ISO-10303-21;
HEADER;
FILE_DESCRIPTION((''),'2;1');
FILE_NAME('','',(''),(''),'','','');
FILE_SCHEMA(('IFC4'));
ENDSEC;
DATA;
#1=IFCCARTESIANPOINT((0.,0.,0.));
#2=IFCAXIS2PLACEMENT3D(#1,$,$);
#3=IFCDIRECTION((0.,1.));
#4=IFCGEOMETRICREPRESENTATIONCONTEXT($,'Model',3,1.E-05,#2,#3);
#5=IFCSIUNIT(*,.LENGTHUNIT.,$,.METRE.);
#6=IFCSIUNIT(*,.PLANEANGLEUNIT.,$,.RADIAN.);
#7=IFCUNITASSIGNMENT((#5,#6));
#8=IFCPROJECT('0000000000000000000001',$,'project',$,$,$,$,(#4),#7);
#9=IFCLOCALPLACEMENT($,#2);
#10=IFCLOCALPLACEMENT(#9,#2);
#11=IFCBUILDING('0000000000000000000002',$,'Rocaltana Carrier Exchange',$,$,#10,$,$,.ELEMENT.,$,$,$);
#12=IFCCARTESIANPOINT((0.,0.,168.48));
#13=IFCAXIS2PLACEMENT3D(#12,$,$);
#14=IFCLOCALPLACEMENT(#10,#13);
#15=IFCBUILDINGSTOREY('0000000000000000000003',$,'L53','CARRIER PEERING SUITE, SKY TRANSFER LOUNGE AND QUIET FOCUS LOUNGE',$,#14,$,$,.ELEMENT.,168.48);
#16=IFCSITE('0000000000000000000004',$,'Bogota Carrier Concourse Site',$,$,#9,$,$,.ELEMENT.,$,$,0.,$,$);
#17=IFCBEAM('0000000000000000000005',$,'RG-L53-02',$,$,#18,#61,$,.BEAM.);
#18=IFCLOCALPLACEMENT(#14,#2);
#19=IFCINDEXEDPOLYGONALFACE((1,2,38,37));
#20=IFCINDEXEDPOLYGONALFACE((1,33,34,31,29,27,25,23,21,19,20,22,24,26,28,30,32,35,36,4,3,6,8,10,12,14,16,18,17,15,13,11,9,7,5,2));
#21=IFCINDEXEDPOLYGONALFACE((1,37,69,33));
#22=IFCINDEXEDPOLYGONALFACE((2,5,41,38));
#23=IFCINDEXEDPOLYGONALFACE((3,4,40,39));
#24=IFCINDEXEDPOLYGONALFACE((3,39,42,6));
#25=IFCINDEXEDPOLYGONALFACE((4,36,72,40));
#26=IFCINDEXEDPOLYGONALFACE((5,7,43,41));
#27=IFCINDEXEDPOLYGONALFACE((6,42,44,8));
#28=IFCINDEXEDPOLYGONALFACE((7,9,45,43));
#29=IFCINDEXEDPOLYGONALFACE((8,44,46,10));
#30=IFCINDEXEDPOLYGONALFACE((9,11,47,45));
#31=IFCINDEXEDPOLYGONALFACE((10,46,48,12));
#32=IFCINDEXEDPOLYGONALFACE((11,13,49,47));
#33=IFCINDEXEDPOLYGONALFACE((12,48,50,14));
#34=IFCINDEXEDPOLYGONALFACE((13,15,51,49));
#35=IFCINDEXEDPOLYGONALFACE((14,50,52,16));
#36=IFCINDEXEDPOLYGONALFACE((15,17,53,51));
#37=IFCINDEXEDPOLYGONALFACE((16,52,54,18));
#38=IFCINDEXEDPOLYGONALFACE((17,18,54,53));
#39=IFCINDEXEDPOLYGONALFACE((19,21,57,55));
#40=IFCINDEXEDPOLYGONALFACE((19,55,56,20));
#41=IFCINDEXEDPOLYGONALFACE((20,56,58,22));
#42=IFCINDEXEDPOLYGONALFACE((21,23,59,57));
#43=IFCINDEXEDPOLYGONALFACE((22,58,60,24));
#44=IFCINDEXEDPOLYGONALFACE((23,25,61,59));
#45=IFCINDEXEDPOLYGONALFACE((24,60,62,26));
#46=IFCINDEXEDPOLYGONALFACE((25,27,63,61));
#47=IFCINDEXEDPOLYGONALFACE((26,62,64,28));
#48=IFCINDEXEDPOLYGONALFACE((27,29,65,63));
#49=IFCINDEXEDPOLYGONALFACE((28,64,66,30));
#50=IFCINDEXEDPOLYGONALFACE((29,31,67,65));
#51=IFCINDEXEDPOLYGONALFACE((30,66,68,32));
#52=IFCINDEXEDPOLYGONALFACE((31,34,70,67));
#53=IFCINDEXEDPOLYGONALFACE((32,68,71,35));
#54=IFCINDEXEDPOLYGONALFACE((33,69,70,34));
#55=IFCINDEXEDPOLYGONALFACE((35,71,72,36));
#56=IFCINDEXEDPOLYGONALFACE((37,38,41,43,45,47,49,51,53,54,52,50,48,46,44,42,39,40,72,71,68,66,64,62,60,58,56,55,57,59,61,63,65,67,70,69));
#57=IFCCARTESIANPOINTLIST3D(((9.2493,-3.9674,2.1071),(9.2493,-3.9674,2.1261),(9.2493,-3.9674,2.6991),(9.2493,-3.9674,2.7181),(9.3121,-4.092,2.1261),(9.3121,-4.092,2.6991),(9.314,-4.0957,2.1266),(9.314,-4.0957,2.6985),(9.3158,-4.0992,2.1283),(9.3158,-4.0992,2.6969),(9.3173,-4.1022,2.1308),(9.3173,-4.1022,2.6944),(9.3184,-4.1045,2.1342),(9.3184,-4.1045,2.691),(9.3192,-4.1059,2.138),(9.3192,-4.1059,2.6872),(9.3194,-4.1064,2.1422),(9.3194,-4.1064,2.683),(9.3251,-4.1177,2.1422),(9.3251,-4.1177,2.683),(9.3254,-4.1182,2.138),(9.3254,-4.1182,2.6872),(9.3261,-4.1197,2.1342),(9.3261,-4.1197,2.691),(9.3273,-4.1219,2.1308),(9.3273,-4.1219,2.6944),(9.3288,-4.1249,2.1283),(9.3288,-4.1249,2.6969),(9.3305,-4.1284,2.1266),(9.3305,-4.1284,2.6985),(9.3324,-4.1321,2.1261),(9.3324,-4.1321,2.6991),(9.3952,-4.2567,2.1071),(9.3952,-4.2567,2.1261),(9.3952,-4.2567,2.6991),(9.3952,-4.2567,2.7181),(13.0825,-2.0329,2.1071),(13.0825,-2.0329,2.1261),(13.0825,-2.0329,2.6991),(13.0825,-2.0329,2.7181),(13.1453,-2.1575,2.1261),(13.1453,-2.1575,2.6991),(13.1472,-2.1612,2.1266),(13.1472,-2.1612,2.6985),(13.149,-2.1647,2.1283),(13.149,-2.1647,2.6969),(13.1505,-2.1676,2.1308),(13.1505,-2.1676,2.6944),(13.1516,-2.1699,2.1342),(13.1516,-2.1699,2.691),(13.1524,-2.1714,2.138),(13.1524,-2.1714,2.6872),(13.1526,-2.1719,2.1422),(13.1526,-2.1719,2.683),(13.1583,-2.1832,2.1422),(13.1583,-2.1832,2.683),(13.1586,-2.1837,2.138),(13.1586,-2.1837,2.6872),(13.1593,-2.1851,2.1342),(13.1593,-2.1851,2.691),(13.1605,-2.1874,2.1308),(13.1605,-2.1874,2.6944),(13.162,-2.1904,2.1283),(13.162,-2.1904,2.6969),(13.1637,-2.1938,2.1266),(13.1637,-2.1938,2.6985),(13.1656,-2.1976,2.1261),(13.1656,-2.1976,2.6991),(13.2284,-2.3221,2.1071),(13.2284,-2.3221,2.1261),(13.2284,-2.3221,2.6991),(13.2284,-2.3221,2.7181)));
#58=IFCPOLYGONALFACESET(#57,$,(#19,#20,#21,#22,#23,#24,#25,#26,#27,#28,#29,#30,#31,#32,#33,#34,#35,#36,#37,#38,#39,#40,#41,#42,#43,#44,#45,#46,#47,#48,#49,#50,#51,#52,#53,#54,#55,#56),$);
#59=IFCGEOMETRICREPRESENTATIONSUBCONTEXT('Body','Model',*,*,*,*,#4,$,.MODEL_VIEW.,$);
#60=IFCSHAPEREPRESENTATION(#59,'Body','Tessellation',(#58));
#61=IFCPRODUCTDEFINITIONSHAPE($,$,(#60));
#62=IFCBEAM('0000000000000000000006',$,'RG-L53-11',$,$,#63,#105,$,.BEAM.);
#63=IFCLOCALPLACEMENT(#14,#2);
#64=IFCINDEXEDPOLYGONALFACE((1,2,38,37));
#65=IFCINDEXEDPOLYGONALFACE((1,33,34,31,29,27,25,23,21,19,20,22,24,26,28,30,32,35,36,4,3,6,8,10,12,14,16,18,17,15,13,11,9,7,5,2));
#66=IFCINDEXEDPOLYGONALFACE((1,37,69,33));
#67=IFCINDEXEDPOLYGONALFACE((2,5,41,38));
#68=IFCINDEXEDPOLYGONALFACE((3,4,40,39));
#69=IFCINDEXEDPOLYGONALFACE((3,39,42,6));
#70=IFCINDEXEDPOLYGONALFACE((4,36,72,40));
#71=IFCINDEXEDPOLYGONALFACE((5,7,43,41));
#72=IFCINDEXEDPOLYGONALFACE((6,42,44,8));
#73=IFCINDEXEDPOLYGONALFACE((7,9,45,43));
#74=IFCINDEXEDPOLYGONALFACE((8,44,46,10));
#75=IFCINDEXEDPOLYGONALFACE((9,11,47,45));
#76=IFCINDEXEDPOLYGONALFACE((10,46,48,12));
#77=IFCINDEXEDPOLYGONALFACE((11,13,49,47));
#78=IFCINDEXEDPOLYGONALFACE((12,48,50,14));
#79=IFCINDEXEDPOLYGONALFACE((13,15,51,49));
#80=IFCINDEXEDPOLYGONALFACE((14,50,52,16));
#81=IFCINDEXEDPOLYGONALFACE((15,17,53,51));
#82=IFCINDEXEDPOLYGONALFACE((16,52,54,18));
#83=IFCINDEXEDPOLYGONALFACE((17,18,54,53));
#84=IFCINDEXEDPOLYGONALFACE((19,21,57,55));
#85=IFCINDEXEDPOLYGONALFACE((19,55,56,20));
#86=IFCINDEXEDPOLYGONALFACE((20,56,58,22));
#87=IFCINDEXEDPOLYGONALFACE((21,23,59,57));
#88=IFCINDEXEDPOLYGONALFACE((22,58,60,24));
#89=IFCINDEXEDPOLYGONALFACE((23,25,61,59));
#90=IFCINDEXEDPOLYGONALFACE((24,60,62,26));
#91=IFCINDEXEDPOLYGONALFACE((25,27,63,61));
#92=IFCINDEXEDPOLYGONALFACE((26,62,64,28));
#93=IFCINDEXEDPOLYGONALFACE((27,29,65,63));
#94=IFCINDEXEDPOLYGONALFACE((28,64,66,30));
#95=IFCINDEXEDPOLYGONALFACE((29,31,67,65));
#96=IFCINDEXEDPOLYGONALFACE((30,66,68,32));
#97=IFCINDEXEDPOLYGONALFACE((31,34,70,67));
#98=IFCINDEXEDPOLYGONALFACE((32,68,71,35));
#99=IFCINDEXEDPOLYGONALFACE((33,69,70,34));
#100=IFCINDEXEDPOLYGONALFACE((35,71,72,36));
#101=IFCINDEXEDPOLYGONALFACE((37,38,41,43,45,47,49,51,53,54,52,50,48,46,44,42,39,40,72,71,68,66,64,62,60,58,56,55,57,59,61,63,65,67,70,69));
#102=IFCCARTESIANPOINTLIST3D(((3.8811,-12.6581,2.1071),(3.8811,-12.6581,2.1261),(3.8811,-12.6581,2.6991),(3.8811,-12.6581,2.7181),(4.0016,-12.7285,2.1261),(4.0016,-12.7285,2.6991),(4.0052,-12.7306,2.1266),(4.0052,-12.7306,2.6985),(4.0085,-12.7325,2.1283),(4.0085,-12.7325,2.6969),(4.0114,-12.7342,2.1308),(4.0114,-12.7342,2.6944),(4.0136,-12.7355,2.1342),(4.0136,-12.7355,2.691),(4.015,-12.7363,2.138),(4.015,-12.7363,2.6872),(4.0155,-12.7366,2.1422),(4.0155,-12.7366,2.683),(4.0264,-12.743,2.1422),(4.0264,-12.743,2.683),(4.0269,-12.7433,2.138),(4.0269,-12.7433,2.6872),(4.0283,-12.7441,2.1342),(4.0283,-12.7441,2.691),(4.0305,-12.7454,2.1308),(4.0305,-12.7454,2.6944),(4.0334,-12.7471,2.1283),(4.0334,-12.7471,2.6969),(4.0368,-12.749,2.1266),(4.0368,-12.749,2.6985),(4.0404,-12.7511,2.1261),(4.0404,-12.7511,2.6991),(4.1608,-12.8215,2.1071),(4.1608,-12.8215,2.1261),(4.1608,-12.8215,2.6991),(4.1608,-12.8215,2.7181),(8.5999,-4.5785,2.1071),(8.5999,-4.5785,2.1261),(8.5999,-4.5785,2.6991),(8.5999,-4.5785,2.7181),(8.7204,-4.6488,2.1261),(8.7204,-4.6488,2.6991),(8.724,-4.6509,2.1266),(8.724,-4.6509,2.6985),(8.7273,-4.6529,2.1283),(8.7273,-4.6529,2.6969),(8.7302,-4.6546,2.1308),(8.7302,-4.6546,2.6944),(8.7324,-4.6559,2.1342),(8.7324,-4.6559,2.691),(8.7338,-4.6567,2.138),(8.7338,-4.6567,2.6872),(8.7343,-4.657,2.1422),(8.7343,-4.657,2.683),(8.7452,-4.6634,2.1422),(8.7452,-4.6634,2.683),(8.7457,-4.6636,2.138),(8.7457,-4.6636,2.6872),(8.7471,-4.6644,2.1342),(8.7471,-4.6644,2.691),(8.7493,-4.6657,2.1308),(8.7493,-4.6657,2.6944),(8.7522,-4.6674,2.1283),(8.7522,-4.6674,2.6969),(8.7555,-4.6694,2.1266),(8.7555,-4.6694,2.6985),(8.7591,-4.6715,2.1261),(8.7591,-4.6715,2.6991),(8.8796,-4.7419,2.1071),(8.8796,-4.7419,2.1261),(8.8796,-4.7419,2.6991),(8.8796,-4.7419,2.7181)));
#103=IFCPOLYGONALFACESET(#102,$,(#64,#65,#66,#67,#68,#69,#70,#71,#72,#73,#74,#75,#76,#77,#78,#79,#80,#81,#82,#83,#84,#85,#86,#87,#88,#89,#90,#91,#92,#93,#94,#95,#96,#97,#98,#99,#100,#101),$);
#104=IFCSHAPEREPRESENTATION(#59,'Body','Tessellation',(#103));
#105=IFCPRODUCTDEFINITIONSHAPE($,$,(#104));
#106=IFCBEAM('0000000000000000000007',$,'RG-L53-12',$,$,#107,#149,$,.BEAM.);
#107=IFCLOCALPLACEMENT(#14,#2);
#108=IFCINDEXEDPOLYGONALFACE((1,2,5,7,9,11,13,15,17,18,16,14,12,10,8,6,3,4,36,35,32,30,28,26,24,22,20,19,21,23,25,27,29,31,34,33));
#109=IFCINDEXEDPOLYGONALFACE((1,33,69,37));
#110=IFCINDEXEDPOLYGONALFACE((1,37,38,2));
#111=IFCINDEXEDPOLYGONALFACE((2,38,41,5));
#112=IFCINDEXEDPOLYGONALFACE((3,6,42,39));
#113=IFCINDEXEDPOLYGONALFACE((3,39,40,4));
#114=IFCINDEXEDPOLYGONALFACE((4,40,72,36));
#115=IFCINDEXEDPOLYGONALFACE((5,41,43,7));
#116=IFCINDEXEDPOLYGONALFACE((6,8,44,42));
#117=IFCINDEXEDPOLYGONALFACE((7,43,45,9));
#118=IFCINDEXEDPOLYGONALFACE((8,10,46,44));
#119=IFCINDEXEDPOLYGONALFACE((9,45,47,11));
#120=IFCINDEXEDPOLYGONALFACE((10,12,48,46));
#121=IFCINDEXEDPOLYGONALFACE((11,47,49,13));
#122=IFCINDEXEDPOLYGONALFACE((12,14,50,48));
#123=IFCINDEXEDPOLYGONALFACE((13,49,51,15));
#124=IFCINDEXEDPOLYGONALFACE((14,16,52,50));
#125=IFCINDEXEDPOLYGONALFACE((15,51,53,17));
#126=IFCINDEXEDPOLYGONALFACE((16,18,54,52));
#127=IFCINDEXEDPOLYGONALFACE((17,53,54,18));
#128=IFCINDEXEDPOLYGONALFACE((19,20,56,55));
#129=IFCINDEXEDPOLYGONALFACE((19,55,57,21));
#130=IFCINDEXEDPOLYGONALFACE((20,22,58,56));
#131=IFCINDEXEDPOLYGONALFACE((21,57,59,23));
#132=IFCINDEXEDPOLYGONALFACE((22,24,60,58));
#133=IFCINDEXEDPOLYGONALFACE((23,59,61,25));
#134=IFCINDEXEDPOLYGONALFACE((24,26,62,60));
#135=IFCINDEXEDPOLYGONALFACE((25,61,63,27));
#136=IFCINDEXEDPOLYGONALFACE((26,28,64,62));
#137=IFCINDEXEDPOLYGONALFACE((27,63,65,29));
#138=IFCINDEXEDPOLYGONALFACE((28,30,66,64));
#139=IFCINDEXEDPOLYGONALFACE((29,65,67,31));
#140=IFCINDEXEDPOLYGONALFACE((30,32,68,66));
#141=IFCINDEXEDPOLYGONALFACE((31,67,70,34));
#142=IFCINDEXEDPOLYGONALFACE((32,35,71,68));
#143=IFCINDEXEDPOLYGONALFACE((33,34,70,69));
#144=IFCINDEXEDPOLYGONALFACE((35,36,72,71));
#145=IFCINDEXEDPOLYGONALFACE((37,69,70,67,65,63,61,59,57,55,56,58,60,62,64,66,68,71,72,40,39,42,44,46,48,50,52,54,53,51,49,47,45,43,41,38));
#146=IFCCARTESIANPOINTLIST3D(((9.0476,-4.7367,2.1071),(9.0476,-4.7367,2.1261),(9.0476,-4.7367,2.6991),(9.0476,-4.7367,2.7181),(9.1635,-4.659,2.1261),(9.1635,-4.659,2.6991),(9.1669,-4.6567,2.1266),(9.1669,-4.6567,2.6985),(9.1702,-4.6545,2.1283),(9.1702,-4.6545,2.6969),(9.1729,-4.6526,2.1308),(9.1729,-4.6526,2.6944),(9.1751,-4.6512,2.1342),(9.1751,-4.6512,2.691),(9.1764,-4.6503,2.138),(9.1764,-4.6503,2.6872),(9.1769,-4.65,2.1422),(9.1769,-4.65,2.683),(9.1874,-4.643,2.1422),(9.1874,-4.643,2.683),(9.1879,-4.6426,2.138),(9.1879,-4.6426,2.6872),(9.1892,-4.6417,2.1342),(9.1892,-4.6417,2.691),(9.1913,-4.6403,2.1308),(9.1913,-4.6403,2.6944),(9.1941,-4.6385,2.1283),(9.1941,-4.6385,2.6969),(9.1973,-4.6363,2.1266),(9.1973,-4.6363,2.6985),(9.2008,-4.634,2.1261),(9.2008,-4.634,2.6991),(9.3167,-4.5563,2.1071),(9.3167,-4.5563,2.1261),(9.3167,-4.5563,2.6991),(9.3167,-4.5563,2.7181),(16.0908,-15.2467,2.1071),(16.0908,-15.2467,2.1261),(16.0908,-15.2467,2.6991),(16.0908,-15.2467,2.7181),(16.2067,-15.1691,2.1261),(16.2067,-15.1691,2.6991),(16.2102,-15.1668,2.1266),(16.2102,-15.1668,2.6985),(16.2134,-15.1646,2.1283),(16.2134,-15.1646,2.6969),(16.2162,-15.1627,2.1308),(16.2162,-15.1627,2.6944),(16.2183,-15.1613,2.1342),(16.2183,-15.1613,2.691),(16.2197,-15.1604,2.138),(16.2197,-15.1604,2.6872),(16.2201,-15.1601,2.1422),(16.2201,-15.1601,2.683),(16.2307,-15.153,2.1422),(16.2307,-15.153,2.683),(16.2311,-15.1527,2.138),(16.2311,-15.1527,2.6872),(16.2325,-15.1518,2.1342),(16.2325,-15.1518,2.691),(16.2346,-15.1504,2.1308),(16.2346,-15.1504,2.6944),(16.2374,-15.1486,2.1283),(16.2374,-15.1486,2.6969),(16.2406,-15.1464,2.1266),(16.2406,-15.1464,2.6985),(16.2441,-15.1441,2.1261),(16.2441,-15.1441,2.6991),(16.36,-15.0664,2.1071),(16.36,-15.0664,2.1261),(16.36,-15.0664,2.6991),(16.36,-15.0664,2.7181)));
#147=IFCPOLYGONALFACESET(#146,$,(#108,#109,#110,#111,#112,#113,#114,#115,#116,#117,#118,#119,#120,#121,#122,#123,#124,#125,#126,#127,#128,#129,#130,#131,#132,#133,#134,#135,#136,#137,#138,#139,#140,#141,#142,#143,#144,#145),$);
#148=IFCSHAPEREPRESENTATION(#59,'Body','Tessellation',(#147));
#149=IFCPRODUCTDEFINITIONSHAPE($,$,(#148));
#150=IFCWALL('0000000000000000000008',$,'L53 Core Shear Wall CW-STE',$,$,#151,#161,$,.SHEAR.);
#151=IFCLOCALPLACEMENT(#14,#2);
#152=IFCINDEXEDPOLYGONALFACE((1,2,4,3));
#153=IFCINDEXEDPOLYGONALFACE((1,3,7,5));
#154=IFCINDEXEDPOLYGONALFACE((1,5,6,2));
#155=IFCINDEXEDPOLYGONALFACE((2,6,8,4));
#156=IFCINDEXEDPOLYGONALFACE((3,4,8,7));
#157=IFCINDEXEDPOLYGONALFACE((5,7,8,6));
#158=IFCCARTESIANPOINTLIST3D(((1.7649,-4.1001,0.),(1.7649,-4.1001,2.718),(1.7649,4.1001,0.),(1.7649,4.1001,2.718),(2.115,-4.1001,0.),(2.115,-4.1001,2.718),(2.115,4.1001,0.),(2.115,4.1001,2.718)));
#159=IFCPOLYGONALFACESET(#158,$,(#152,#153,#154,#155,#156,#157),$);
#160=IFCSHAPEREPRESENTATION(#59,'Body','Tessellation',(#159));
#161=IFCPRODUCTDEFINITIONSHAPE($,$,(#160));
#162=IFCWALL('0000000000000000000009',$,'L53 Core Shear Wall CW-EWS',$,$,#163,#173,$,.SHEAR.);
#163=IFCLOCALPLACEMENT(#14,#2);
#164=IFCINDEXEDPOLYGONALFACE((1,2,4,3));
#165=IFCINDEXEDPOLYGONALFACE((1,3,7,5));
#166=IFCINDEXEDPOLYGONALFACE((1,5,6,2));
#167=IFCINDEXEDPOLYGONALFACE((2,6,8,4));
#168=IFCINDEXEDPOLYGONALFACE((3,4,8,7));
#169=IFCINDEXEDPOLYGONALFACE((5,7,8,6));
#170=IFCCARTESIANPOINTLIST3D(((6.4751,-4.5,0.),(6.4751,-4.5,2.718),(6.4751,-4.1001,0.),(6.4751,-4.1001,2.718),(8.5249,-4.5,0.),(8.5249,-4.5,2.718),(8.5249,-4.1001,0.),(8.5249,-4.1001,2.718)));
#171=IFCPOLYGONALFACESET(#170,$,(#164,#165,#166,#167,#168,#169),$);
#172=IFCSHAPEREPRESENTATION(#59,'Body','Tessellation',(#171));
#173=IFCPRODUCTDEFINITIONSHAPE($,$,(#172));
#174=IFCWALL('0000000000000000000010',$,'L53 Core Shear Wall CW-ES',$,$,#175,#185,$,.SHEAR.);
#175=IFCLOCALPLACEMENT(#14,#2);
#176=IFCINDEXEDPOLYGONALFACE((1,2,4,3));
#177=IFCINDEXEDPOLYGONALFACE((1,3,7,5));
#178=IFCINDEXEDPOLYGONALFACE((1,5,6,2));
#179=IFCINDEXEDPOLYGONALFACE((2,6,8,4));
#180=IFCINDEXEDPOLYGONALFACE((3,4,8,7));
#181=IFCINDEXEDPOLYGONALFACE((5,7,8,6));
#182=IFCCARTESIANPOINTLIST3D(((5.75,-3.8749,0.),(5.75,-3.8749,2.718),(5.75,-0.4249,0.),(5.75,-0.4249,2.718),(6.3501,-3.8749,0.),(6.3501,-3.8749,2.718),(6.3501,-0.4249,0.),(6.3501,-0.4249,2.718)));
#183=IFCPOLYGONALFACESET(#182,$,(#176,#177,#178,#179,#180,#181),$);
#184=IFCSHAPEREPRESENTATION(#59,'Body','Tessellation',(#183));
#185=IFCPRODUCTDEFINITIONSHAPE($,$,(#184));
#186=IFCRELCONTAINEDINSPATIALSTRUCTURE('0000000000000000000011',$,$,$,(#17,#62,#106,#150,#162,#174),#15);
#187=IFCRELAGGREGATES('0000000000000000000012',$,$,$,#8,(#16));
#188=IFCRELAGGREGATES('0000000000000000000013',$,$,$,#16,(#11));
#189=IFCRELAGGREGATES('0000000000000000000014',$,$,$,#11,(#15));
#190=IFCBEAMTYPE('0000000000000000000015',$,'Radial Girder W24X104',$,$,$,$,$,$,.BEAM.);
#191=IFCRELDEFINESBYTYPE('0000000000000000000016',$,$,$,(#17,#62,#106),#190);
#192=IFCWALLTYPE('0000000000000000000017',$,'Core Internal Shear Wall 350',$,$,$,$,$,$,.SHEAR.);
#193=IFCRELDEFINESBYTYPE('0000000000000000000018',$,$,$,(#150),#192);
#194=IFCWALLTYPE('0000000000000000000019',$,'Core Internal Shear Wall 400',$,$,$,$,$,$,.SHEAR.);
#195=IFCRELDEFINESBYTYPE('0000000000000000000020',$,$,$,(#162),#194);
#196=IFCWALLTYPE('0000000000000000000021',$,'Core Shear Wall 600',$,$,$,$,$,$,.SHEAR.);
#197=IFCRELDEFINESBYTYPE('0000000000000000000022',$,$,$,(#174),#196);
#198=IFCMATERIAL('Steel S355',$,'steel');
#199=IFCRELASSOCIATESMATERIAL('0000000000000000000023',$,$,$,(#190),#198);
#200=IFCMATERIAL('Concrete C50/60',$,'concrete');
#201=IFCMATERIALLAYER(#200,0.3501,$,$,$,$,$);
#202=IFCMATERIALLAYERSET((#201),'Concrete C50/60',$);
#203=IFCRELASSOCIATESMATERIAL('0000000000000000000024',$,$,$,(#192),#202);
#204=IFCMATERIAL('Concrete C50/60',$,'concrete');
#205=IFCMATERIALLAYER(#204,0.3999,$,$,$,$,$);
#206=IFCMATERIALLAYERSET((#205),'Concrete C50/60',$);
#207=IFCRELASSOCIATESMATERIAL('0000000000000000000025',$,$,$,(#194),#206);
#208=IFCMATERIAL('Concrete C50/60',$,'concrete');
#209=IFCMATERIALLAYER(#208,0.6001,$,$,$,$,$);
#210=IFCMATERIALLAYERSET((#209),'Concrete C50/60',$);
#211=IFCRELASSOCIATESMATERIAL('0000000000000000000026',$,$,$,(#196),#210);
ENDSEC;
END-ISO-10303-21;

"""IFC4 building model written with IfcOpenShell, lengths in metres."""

from ifc_helpers import new_model, si_unit, direction, frame, frame_2d, origin, origin_2d, place, context, subcontext, project, spatial, rectangle, i_section, extrude, material, layer, layer_set, material_profile, profile_set, type_object, element, save


model = new_model("IFC4")

# Units and contexts
model_context = context("Model", 3, precision=1e-05, world=origin(), true_north=direction((0.0, 1.0)))
body_context = subcontext(model_context, "Body", "Model", "MODEL_VIEW")
ifc_project = project(units=[si_unit("LENGTHUNIT", "METRE"), si_unit("PLANEANGLEUNIT", "RADIAN")], contexts=[model_context])

# Site, building, storey
site_placement = place(None, origin())
site = spatial("IfcSite", under=ifc_project, at=site_placement, Name="Bogota Carrier Concourse Site", CompositionType="ELEMENT", RefElevation=0.0)
building_placement = place(site_placement, origin())
building = spatial("IfcBuilding", under=site, at=building_placement, Name="Rocaltana Carrier Exchange", CompositionType="ELEMENT")
storey_placement = place(building_placement, frame((0.0, 0.0, 168.48)))
storey = spatial("IfcBuildingStorey", under=building, at=storey_placement, Name="L53", Description="CARRIER PEERING SUITE, SKY TRANSFER LOUNGE AND QUIET FOCUS LOUNGE", CompositionType="ELEMENT", Elevation=168.48)

# Beams
ifc_material_1 = material(Name="Steel S355", Category="steel")
ifc_material_profile_1 = material_profile(ifc_material_1, i_section(OverallWidth=0.324, OverallDepth=0.6111, WebThickness=0.0127, FlangeThickness=0.019, FilletRadius=0.0161, at=origin_2d()), Name="W24X104")
ifc_profile_set_1 = profile_set([ifc_material_profile_1], Name="Steel S355")
beam_type = type_object("IfcBeamType", Name="Radial Girder W24X104", PredefinedType="BEAM", material=ifc_profile_set_1)
beam_1_placement = place(storey_placement, frame((9.3223, -4.1121, 2.4126), z_axis=(0.892749, 0.450554, 0.0), x_axis=(-0.450554, 0.892749, 0.0)))
element("IfcBeam", 1, at=beam_1_placement, inside=storey, type_object=beam_type, Name="RG-L53-02", PredefinedType="BEAM", context=body_context, shape_type="SweptSolid", body=[
    extrude(i_section(OverallWidth=0.324, OverallDepth=0.6111, WebThickness=0.0127, FlangeThickness=0.019, FilletRadius=0.0161, at=origin_2d()), origin(), (0.0, 0.0, 1.0), 4.2937),
])
beam_2_placement = place(storey_placement, frame((8.7397, -4.6602, 2.4126), z_axis=(-0.504322, -0.863516, 0.0), x_axis=(0.863516, -0.504322, 0.0)))
element("IfcBeam", 2, at=beam_2_placement, inside=storey, type_object=beam_type, Name="RG-L53-11", PredefinedType="BEAM", context=body_context, shape_type="SweptSolid", body=[
    extrude(i_section(OverallWidth=0.324, OverallDepth=0.6111, WebThickness=0.0127, FlangeThickness=0.019, FilletRadius=0.0161, at=origin_2d()), origin(), (0.0, 0.0, 1.0), 9.3567),
])
beam_3_placement = place(storey_placement, frame((9.1821, -4.6465, 2.4126), z_axis=(0.556698, -0.830715, 0.0), x_axis=(0.830715, 0.556698, 0.0)))
element("IfcBeam", 3, at=beam_3_placement, inside=storey, type_object=beam_type, Name="RG-L53-12", PredefinedType="BEAM", context=body_context, shape_type="SweptSolid", body=[
    extrude(i_section(OverallWidth=0.324, OverallDepth=0.6111, WebThickness=0.0127, FlangeThickness=0.019, FilletRadius=0.0161, at=origin_2d()), origin(), (0.0, 0.0, 1.0), 12.6519),
])

# Walls
ifc_material_2 = material(Name="Concrete C50/60", Category="concrete")
ifc_layer_1 = layer(ifc_material_2, 0.3501)
ifc_layer_set_1 = layer_set([ifc_layer_1], Name="Concrete C50/60")
wall_type_1 = type_object("IfcWallType", Name="Core Internal Shear Wall 350", PredefinedType="SHEAR", material=ifc_layer_set_1)
wall_1_placement = place(storey_placement, frame((1.9399, -4.1001, 0.0), z_axis=(0.0, 0.0, 1.0), x_axis=(0.0, 1.0, 0.0)))
element("IfcWall", 4, at=wall_1_placement, inside=storey, type_object=wall_type_1, Name="L53 Core Shear Wall CW-STE", PredefinedType="SHEAR", context=body_context, shape_type="SweptSolid", body=[
    extrude(rectangle(XDim=8.2002, YDim=0.3501, at=frame_2d((4.1001, 0.0))), origin(), (0.0, 0.0, 1.0), 2.718),
])
ifc_material_3 = material(Name="Concrete C50/60", Category="concrete")
ifc_layer_2 = layer(ifc_material_3, 0.3999)
ifc_layer_set_2 = layer_set([ifc_layer_2], Name="Concrete C50/60")
wall_type_2 = type_object("IfcWallType", Name="Core Internal Shear Wall 400", PredefinedType="SHEAR", material=ifc_layer_set_2)
wall_2_placement = place(storey_placement, frame((6.4751, -4.3, 0.0), z_axis=(0.0, 0.0, 1.0), x_axis=(1.0, 0.0, 0.0)))
element("IfcWall", 5, at=wall_2_placement, inside=storey, type_object=wall_type_2, Name="L53 Core Shear Wall CW-EWS", PredefinedType="SHEAR", context=body_context, shape_type="SweptSolid", body=[
    extrude(rectangle(XDim=2.0498, YDim=0.3999, at=frame_2d((1.0249, 0.0))), origin(), (0.0, 0.0, 1.0), 2.718),
])
ifc_material_4 = material(Name="Concrete C50/60", Category="concrete")
ifc_layer_3 = layer(ifc_material_4, 0.6001)
ifc_layer_set_3 = layer_set([ifc_layer_3], Name="Concrete C50/60")
wall_type_3 = type_object("IfcWallType", Name="Core Shear Wall 600", PredefinedType="SHEAR", material=ifc_layer_set_3)
wall_3_placement = place(storey_placement, frame((6.05, -3.875, 0.0), z_axis=(0.0, 0.0, 1.0), x_axis=(0.0, 1.0, 0.0)))
element("IfcWall", 6, at=wall_3_placement, inside=storey, type_object=wall_type_3, Name="L53 Core Shear Wall CW-ES", PredefinedType="SHEAR", context=body_context, shape_type="SweptSolid", body=[
    extrude(rectangle(XDim=3.45, YDim=0.6001, at=frame_2d((1.7251, 0.0))), origin(), (0.0, 0.0, 1.0), 2.718),
])

save(model, "model.ifc")
